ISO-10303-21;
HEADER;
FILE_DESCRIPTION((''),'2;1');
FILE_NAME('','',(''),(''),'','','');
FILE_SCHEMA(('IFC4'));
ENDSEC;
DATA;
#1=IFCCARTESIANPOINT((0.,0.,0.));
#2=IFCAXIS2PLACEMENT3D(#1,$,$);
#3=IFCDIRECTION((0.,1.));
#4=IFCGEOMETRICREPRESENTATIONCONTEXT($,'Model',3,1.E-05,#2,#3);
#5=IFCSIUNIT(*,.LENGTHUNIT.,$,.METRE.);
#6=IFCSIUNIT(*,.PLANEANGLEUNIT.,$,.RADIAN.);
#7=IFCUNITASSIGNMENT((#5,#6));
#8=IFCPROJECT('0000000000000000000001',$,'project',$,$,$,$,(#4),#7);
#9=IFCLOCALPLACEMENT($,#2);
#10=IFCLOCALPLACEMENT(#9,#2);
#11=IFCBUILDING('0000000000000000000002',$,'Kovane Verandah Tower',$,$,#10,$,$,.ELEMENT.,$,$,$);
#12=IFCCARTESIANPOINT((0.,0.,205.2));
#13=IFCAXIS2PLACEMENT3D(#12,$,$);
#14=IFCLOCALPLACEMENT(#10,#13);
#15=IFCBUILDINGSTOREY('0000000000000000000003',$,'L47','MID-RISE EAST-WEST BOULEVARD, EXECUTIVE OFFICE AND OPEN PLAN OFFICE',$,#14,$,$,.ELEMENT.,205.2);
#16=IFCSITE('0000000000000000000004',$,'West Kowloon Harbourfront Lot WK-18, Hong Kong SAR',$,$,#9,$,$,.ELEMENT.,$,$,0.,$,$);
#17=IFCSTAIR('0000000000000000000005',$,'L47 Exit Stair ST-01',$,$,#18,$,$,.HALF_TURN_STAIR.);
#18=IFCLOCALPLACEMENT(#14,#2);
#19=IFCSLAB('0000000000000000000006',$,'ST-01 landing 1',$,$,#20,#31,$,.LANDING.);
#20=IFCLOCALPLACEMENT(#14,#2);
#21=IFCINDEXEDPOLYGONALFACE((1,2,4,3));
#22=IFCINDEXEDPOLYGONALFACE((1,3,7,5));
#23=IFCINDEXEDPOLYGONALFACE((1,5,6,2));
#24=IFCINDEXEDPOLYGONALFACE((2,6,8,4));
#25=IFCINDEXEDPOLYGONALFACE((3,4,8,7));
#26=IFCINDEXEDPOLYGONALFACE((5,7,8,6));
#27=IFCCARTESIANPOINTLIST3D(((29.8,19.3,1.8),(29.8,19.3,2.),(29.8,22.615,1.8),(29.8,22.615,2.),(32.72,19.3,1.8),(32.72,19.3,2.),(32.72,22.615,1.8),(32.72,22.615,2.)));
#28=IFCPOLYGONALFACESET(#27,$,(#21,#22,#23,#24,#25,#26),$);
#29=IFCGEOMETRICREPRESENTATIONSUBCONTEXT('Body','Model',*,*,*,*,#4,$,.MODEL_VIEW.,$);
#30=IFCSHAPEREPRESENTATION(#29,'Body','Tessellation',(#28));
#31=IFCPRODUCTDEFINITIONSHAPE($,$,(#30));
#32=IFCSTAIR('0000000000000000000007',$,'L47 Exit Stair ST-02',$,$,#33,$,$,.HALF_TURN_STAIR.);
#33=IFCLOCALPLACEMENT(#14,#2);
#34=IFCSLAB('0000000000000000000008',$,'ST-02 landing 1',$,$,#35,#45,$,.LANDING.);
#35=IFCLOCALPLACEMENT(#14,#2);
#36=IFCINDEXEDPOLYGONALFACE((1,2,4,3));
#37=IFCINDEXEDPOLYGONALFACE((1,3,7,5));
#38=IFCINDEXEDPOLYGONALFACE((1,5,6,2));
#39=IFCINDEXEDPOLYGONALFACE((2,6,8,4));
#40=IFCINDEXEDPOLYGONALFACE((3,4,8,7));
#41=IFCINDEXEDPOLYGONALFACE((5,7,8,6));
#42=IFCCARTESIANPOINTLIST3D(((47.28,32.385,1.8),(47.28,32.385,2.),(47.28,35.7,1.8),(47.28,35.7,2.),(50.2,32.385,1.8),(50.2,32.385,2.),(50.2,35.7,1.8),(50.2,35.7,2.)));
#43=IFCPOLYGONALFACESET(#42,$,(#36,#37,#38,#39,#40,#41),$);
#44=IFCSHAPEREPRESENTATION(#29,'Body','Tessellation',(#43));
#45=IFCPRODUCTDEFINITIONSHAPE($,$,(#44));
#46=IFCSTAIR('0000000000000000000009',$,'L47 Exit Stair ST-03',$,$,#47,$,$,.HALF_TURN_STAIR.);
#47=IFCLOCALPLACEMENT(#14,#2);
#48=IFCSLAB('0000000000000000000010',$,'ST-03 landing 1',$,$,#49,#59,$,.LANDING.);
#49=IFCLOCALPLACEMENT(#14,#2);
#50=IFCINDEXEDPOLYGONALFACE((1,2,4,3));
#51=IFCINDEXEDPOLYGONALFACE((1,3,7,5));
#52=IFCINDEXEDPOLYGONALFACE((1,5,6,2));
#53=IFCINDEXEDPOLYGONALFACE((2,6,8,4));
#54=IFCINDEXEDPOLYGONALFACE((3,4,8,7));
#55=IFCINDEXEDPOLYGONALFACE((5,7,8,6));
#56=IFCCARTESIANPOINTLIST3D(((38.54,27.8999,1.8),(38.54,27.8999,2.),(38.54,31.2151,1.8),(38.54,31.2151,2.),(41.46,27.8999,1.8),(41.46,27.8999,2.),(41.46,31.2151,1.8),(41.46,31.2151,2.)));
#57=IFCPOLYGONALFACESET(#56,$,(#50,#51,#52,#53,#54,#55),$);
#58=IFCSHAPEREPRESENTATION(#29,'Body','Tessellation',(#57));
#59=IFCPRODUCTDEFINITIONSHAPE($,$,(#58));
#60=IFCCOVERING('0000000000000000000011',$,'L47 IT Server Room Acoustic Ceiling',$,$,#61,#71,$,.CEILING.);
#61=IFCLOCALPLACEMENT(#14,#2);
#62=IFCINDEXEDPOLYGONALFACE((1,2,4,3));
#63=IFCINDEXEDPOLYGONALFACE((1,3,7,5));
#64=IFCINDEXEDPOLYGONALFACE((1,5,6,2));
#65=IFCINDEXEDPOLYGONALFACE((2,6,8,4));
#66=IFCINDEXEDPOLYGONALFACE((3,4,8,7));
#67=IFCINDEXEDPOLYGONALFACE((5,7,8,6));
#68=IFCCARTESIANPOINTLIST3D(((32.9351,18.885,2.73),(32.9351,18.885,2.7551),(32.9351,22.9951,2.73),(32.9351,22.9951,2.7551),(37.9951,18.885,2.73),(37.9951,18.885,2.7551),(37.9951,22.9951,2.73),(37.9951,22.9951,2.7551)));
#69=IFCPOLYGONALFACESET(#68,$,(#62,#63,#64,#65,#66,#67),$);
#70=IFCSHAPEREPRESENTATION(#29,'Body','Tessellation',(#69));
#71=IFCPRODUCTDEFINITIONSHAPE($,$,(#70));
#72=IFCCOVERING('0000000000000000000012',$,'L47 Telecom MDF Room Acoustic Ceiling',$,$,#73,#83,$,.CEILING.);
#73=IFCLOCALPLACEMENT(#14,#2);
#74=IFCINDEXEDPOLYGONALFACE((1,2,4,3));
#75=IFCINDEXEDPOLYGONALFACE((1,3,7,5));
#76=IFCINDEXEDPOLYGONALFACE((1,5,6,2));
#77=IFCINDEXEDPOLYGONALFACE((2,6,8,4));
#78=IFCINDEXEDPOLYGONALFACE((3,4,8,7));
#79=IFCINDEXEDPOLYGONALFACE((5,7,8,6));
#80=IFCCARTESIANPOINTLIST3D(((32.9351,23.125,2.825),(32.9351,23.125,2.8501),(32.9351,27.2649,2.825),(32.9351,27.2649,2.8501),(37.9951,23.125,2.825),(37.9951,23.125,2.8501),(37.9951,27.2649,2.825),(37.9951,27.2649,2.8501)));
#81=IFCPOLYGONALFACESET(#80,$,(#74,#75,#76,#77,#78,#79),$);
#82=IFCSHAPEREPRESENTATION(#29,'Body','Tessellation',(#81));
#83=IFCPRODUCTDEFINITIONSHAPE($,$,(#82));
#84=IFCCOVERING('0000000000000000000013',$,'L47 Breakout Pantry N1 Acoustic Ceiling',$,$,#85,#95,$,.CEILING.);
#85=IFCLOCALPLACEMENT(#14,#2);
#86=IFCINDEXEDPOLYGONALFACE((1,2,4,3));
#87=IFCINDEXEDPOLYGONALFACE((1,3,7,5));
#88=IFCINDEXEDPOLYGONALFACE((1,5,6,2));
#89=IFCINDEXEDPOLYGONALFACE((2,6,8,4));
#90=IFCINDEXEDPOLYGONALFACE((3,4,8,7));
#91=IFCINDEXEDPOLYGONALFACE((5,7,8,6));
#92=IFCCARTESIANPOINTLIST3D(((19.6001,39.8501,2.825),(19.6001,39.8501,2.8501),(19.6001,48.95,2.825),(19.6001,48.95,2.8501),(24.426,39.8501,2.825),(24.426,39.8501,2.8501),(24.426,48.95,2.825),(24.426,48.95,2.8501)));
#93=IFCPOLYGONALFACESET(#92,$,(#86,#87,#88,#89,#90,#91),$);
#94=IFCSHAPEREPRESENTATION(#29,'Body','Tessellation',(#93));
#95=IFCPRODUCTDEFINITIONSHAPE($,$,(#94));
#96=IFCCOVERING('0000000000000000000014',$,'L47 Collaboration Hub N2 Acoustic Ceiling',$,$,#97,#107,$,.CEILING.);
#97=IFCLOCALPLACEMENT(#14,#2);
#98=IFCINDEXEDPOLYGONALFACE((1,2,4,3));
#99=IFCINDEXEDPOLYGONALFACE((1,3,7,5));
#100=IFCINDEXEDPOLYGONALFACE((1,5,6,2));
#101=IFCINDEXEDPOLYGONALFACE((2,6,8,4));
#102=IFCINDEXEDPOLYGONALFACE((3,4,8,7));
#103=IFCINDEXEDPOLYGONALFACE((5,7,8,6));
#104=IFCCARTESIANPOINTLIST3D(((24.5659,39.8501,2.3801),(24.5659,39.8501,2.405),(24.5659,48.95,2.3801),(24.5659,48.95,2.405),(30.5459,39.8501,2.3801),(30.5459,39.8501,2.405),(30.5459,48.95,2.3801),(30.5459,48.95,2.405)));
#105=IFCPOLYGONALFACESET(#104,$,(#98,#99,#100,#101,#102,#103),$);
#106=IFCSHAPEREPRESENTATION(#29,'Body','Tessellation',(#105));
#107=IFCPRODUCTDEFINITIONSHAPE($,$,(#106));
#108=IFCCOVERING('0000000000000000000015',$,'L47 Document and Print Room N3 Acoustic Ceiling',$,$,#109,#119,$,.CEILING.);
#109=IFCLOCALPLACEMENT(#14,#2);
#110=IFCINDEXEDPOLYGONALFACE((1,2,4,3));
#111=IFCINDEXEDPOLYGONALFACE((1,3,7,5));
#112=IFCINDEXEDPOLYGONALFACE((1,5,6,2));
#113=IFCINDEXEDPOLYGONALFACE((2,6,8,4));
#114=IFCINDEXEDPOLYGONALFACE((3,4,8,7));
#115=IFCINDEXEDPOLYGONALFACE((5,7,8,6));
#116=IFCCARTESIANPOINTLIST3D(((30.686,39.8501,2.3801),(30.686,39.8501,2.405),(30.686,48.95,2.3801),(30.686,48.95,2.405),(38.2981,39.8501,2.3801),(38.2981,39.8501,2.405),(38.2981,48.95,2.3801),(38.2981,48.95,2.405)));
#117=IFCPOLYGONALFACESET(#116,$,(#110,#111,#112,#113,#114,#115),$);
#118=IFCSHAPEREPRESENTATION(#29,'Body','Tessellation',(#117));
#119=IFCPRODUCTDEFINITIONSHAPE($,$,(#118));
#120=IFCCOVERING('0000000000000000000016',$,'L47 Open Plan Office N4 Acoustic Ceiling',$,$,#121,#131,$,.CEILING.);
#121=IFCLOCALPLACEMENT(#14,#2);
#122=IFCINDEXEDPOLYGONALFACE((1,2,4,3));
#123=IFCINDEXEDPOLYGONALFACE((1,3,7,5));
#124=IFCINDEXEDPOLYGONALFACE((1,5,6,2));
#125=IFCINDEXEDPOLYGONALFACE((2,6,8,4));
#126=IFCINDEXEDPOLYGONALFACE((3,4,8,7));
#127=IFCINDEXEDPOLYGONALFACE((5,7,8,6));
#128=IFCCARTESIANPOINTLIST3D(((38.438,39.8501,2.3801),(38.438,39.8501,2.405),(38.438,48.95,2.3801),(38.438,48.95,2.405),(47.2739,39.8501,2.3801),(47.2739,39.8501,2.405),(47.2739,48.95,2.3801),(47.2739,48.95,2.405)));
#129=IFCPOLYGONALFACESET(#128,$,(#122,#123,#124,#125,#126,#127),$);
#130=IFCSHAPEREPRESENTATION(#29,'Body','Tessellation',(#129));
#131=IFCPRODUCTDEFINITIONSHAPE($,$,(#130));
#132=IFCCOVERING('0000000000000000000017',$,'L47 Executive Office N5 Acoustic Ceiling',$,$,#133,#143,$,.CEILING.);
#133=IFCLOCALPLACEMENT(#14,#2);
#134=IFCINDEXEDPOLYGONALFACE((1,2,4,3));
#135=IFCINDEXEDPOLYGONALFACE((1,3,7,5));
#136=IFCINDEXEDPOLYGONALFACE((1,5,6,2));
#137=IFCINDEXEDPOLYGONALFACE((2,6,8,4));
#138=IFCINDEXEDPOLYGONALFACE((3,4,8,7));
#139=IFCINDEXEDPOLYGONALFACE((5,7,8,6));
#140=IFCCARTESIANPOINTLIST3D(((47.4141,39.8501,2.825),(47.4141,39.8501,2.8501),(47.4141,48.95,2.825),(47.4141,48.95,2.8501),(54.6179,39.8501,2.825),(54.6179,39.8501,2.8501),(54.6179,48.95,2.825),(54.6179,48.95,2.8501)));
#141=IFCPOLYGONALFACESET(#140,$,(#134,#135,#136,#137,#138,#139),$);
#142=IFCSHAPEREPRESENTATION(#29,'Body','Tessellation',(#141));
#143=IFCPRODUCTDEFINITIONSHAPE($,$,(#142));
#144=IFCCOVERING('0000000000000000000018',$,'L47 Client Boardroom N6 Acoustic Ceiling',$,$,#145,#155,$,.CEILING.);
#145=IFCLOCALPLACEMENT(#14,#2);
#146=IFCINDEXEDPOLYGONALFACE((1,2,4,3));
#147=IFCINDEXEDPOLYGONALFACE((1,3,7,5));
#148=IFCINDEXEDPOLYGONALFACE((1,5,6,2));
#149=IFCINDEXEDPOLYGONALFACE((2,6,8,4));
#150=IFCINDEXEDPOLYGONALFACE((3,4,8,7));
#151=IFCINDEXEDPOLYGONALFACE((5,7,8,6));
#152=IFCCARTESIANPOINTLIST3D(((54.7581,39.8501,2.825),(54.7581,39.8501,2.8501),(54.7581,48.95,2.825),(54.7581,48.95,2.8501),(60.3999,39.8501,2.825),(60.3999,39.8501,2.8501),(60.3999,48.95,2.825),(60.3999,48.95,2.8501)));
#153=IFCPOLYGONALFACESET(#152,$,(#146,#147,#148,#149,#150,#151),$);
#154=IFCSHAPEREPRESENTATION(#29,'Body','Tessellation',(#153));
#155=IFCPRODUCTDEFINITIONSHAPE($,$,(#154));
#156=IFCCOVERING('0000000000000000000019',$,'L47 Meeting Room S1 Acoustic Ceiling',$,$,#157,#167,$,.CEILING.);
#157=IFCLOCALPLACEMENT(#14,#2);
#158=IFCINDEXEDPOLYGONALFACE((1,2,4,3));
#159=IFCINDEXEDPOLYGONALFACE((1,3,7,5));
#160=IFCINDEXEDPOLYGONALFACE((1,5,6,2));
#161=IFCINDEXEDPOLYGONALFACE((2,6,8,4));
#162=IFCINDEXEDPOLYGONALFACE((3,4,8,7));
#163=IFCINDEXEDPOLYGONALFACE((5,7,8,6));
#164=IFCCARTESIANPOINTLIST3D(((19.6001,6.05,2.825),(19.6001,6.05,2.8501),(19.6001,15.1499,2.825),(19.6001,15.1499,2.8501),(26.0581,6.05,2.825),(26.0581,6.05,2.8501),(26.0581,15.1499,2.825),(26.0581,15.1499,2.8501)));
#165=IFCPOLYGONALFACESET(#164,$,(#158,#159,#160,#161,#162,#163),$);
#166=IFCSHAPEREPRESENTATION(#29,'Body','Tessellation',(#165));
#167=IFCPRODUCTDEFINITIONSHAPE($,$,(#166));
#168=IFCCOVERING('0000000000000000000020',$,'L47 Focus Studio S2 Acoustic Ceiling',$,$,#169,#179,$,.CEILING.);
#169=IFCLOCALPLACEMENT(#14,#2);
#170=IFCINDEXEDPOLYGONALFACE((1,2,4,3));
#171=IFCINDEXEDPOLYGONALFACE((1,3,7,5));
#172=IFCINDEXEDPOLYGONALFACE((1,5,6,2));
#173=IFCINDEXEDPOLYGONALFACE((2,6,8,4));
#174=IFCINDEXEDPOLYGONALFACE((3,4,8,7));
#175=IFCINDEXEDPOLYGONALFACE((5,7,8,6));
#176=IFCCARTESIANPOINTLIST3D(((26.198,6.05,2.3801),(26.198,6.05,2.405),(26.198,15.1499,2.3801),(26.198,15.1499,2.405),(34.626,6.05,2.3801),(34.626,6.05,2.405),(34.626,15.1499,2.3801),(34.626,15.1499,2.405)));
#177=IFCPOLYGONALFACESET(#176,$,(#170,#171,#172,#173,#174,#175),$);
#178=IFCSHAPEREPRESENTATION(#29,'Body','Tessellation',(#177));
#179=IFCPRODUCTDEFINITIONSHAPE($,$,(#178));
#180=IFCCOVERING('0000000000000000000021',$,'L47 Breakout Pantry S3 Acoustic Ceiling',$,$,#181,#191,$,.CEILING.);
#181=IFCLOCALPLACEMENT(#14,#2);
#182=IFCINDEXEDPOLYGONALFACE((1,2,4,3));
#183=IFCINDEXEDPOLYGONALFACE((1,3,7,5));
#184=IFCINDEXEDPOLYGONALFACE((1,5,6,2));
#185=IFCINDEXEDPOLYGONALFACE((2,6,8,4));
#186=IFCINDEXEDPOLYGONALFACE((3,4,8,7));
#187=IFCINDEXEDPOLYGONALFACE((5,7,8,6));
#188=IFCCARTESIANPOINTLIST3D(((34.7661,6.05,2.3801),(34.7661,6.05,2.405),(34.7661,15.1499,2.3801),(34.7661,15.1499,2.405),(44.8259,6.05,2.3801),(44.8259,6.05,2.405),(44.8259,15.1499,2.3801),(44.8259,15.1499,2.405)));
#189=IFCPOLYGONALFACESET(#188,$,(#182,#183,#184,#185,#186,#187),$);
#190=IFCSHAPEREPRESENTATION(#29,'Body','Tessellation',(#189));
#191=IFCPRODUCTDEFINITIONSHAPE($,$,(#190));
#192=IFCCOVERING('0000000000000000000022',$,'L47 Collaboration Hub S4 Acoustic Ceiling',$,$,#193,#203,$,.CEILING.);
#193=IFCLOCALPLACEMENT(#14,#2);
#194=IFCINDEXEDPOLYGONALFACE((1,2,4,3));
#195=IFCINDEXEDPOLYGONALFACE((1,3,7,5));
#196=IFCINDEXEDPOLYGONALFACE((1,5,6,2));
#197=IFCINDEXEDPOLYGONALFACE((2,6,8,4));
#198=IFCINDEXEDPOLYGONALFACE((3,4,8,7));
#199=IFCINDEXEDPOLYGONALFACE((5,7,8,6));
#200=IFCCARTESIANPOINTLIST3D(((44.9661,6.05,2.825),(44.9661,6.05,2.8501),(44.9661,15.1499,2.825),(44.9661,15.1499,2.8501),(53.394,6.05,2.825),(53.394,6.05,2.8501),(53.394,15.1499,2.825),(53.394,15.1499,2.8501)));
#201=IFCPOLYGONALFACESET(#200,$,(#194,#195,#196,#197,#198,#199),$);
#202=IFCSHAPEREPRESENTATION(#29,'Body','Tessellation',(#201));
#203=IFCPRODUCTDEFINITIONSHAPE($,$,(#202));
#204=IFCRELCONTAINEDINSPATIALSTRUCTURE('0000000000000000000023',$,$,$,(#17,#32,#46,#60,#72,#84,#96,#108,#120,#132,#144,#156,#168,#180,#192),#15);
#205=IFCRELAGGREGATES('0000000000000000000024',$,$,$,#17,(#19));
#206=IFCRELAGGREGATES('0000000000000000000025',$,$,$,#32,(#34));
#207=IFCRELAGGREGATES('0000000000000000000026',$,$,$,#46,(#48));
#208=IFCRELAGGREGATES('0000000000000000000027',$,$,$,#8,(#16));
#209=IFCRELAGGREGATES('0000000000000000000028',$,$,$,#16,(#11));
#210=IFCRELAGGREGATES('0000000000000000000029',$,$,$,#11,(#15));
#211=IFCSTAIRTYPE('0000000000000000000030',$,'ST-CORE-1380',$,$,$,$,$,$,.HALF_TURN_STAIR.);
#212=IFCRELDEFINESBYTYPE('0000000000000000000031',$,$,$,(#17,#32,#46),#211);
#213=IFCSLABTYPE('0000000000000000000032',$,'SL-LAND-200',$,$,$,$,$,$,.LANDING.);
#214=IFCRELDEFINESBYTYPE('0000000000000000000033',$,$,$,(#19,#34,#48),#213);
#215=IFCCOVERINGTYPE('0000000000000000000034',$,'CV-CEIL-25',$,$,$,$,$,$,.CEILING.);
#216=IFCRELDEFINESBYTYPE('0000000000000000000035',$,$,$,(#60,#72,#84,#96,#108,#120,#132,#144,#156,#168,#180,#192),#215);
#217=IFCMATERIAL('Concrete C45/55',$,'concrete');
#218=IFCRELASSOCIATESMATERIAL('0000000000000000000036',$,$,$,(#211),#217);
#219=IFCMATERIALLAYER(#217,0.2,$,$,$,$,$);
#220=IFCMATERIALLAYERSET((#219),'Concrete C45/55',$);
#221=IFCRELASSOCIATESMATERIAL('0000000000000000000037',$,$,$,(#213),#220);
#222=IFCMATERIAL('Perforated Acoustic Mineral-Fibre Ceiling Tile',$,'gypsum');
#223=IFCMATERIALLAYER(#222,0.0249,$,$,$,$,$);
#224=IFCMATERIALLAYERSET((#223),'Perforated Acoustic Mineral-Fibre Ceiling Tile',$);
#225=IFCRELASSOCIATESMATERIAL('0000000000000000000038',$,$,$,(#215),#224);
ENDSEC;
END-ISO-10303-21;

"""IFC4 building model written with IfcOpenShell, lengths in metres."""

from ifc_helpers import new_model, si_unit, direction, frame, origin, place, context, subcontext, project, spatial, polyline, outline, extrude, material, layer, layer_set, type_object, element, aggregate, save


model = new_model("IFC4")

# Units and contexts
model_context = context("Model", 3, precision=1e-05, world=origin(), true_north=direction((0.0, 1.0)))
body_context = subcontext(model_context, "Body", "Model", "MODEL_VIEW")
ifc_project = project(units=[si_unit("LENGTHUNIT", "METRE"), si_unit("PLANEANGLEUNIT", "RADIAN")], contexts=[model_context])

# Site, building, storey
site_placement = place(None, origin())
site = spatial("IfcSite", under=ifc_project, at=site_placement, Name="West Kowloon Harbourfront Lot WK-18, Hong Kong SAR", CompositionType="ELEMENT", RefElevation=0.0)
building_placement = place(site_placement, origin())
building = spatial("IfcBuilding", under=site, at=building_placement, Name="Kovane Verandah Tower", CompositionType="ELEMENT")
storey_placement = place(building_placement, frame((0.0, 0.0, 205.2)))
storey = spatial("IfcBuildingStorey", under=building, at=storey_placement, Name="L47", Description="MID-RISE EAST-WEST BOULEVARD, EXECUTIVE OFFICE AND OPEN PLAN OFFICE", CompositionType="ELEMENT", Elevation=205.2)

# Stairs, slabs
ifc_material_1 = material(Name="Concrete C45/55", Category="concrete")
stair_type = type_object("IfcStairType", Name="ST-CORE-1380", PredefinedType="HALF_TURN_STAIR", material=ifc_material_1)
stair_1_placement = place(storey_placement, origin())
stair_1 = element("IfcStair", 1, at=stair_1_placement, inside=storey, type_object=stair_type, Name="L47 Exit Stair ST-01", PredefinedType="HALF_TURN_STAIR")
ifc_layer_1 = layer(ifc_material_1, 0.2)
ifc_layer_set_1 = layer_set([ifc_layer_1], Name="Concrete C45/55")
slab_type = type_object("IfcSlabType", Name="SL-LAND-200", PredefinedType="LANDING", material=ifc_layer_set_1)
slab_1_placement = place(storey_placement, frame((0.0, 0.0, 1.8)))
slab_1 = element("IfcSlab", 2, at=slab_1_placement, type_object=slab_type, Name="ST-01 landing 1", PredefinedType="LANDING", context=body_context, shape_type="SweptSolid", body=[
    extrude(outline(polyline([(29.8, 22.615), (29.8, 19.3), (32.72, 19.3), (32.72, 22.615), (29.8, 22.615)])), origin(), (0.0, 0.0, 1.0), 0.2),
])
aggregate(stair_1, [slab_1])
stair_2_placement = place(storey_placement, origin())
stair_2 = element("IfcStair", 3, at=stair_2_placement, inside=storey, type_object=stair_type, Name="L47 Exit Stair ST-02", PredefinedType="HALF_TURN_STAIR")
slab_2_placement = place(storey_placement, frame((0.0, 0.0, 1.8)))
slab_2 = element("IfcSlab", 4, at=slab_2_placement, type_object=slab_type, Name="ST-02 landing 1", PredefinedType="LANDING", context=body_context, shape_type="SweptSolid", body=[
    extrude(outline(polyline([(50.2, 32.385), (50.2, 35.7), (47.28, 35.7), (47.28, 32.385), (50.2, 32.385)])), origin(), (0.0, 0.0, 1.0), 0.2),
])
aggregate(stair_2, [slab_2])
stair_3_placement = place(storey_placement, origin())
stair_3 = element("IfcStair", 5, at=stair_3_placement, inside=storey, type_object=stair_type, Name="L47 Exit Stair ST-03", PredefinedType="HALF_TURN_STAIR")
slab_3_placement = place(storey_placement, frame((0.0, 0.0, 1.8)))
slab_3 = element("IfcSlab", 6, at=slab_3_placement, type_object=slab_type, Name="ST-03 landing 1", PredefinedType="LANDING", context=body_context, shape_type="SweptSolid", body=[
    extrude(outline(polyline([(38.54, 31.2151), (38.54, 27.8999), (41.46, 27.8999), (41.46, 31.2151), (38.54, 31.2151)])), origin(), (0.0, 0.0, 1.0), 0.2),
])
aggregate(stair_3, [slab_3])

# Coverings
ifc_material_2 = material(Name="Perforated Acoustic Mineral-Fibre Ceiling Tile", Category="gypsum")
ifc_layer_2 = layer(ifc_material_2, 0.0249)
ifc_layer_set_2 = layer_set([ifc_layer_2], Name="Perforated Acoustic Mineral-Fibre Ceiling Tile")
covering_type_1 = type_object("IfcCoveringType", Name="CV-CEIL-25", PredefinedType="CEILING", material=ifc_layer_set_2)
covering_1_placement = place(storey_placement, frame((0.0, 0.0, 2.73)))
element("IfcCovering", 7, at=covering_1_placement, inside=storey, type_object=covering_type_1, Name="L47 IT Server Room Acoustic Ceiling", PredefinedType="CEILING", context=body_context, shape_type="SweptSolid", body=[
    extrude(outline(polyline([(32.9351, 18.885), (37.9951, 18.885), (37.9951, 22.9951), (32.9351, 22.9951), (32.9351, 18.885)])), origin(), (0.0, 0.0, 1.0), 0.0251),
])
covering_2_placement = place(storey_placement, frame((0.0, 0.0, 2.825)))
element("IfcCovering", 8, at=covering_2_placement, inside=storey, type_object=covering_type_1, Name="L47 Telecom MDF Room Acoustic Ceiling", PredefinedType="CEILING", context=body_context, shape_type="SweptSolid", body=[
    extrude(outline(polyline([(32.9351, 23.125), (37.9951, 23.125), (37.9951, 27.2649), (32.9351, 27.2649), (32.9351, 23.125)])), origin(), (0.0, 0.0, 1.0), 0.0251),
])
covering_3_placement = place(storey_placement, frame((0.0, 0.0, 2.825)))
element("IfcCovering", 9, at=covering_3_placement, inside=storey, type_object=covering_type_1, Name="L47 Breakout Pantry N1 Acoustic Ceiling", PredefinedType="CEILING", context=body_context, shape_type="SweptSolid", body=[
    extrude(outline(polyline([(19.6001, 39.8501), (24.426, 39.8501), (24.426, 48.95), (19.6001, 48.95), (19.6001, 39.8501)])), origin(), (0.0, 0.0, 1.0), 0.0251),
])
covering_4_placement = place(storey_placement, frame((0.0, 0.0, 2.3801)))
element("IfcCovering", 10, at=covering_4_placement, inside=storey, type_object=covering_type_1, Name="L47 Collaboration Hub N2 Acoustic Ceiling", PredefinedType="CEILING", context=body_context, shape_type="SweptSolid", body=[
    extrude(outline(polyline([(24.5659, 39.8501), (30.5459, 39.8501), (30.5459, 48.95), (24.5659, 48.95), (24.5659, 39.8501)])), origin(), (0.0, 0.0, 1.0), 0.0249),
])
covering_5_placement = place(storey_placement, frame((0.0, 0.0, 2.3801)))
element("IfcCovering", 11, at=covering_5_placement, inside=storey, type_object=covering_type_1, Name="L47 Document and Print Room N3 Acoustic Ceiling", PredefinedType="CEILING", context=body_context, shape_type="SweptSolid", body=[
    extrude(outline(polyline([(30.686, 39.8501), (38.2981, 39.8501), (38.2981, 48.95), (30.686, 48.95), (30.686, 39.8501)])), origin(), (0.0, 0.0, 1.0), 0.0249),
])
covering_6_placement = place(storey_placement, frame((0.0, 0.0, 2.3801)))
element("IfcCovering", 12, at=covering_6_placement, inside=storey, type_object=covering_type_1, Name="L47 Open Plan Office N4 Acoustic Ceiling", PredefinedType="CEILING", context=body_context, shape_type="SweptSolid", body=[
    extrude(outline(polyline([(38.438, 39.8501), (47.2739, 39.8501), (47.2739, 48.95), (38.438, 48.95), (38.438, 39.8501)])), origin(), (0.0, 0.0, 1.0), 0.0249),
])
covering_7_placement = place(storey_placement, frame((0.0, 0.0, 2.825)))
element("IfcCovering", 13, at=covering_7_placement, inside=storey, type_object=covering_type_1, Name="L47 Executive Office N5 Acoustic Ceiling", PredefinedType="CEILING", context=body_context, shape_type="SweptSolid", body=[
    extrude(outline(polyline([(47.4141, 39.8501), (54.6179, 39.8501), (54.6179, 48.95), (47.4141, 48.95), (47.4141, 39.8501)])), origin(), (0.0, 0.0, 1.0), 0.0251),
])
covering_8_placement = place(storey_placement, frame((0.0, 0.0, 2.825)))
element("IfcCovering", 14, at=covering_8_placement, inside=storey, type_object=covering_type_1, Name="L47 Client Boardroom N6 Acoustic Ceiling", PredefinedType="CEILING", context=body_context, shape_type="SweptSolid", body=[
    extrude(outline(polyline([(54.7581, 39.8501), (60.3999, 39.8501), (60.3999, 48.95), (54.7581, 48.95), (54.7581, 39.8501)])), origin(), (0.0, 0.0, 1.0), 0.0251),
])
covering_9_placement = place(storey_placement, frame((0.0, 0.0, 2.825)))
element("IfcCovering", 15, at=covering_9_placement, inside=storey, type_object=covering_type_1, Name="L47 Meeting Room S1 Acoustic Ceiling", PredefinedType="CEILING", context=body_context, shape_type="SweptSolid", body=[
    extrude(outline(polyline([(19.6001, 6.05), (26.0581, 6.05), (26.0581, 15.1499), (19.6001, 15.1499), (19.6001, 6.05)])), origin(), (0.0, 0.0, 1.0), 0.0251),
])
covering_10_placement = place(storey_placement, frame((0.0, 0.0, 2.3801)))
element("IfcCovering", 16, at=covering_10_placement, inside=storey, type_object=covering_type_1, Name="L47 Focus Studio S2 Acoustic Ceiling", PredefinedType="CEILING", context=body_context, shape_type="SweptSolid", body=[
    extrude(outline(polyline([(26.198, 6.05), (34.626, 6.05), (34.626, 15.1499), (26.198, 15.1499), (26.198, 6.05)])), origin(), (0.0, 0.0, 1.0), 0.0249),
])
covering_11_placement = place(storey_placement, frame((0.0, 0.0, 2.3801)))
element("IfcCovering", 17, at=covering_11_placement, inside=storey, type_object=covering_type_1, Name="L47 Breakout Pantry S3 Acoustic Ceiling", PredefinedType="CEILING", context=body_context, shape_type="SweptSolid", body=[
    extrude(outline(polyline([(34.7661, 6.05), (44.8259, 6.05), (44.8259, 15.1499), (34.7661, 15.1499), (34.7661, 6.05)])), origin(), (0.0, 0.0, 1.0), 0.0249),
])
covering_12_placement = place(storey_placement, frame((0.0, 0.0, 2.825)))
element("IfcCovering", 18, at=covering_12_placement, inside=storey, type_object=covering_type_1, Name="L47 Collaboration Hub S4 Acoustic Ceiling", PredefinedType="CEILING", context=body_context, shape_type="SweptSolid", body=[
    extrude(outline(polyline([(44.9661, 6.05), (53.394, 6.05), (53.394, 15.1499), (44.9661, 15.1499), (44.9661, 6.05)])), origin(), (0.0, 0.0, 1.0), 0.0251),
])

save(model, "model.ifc")
